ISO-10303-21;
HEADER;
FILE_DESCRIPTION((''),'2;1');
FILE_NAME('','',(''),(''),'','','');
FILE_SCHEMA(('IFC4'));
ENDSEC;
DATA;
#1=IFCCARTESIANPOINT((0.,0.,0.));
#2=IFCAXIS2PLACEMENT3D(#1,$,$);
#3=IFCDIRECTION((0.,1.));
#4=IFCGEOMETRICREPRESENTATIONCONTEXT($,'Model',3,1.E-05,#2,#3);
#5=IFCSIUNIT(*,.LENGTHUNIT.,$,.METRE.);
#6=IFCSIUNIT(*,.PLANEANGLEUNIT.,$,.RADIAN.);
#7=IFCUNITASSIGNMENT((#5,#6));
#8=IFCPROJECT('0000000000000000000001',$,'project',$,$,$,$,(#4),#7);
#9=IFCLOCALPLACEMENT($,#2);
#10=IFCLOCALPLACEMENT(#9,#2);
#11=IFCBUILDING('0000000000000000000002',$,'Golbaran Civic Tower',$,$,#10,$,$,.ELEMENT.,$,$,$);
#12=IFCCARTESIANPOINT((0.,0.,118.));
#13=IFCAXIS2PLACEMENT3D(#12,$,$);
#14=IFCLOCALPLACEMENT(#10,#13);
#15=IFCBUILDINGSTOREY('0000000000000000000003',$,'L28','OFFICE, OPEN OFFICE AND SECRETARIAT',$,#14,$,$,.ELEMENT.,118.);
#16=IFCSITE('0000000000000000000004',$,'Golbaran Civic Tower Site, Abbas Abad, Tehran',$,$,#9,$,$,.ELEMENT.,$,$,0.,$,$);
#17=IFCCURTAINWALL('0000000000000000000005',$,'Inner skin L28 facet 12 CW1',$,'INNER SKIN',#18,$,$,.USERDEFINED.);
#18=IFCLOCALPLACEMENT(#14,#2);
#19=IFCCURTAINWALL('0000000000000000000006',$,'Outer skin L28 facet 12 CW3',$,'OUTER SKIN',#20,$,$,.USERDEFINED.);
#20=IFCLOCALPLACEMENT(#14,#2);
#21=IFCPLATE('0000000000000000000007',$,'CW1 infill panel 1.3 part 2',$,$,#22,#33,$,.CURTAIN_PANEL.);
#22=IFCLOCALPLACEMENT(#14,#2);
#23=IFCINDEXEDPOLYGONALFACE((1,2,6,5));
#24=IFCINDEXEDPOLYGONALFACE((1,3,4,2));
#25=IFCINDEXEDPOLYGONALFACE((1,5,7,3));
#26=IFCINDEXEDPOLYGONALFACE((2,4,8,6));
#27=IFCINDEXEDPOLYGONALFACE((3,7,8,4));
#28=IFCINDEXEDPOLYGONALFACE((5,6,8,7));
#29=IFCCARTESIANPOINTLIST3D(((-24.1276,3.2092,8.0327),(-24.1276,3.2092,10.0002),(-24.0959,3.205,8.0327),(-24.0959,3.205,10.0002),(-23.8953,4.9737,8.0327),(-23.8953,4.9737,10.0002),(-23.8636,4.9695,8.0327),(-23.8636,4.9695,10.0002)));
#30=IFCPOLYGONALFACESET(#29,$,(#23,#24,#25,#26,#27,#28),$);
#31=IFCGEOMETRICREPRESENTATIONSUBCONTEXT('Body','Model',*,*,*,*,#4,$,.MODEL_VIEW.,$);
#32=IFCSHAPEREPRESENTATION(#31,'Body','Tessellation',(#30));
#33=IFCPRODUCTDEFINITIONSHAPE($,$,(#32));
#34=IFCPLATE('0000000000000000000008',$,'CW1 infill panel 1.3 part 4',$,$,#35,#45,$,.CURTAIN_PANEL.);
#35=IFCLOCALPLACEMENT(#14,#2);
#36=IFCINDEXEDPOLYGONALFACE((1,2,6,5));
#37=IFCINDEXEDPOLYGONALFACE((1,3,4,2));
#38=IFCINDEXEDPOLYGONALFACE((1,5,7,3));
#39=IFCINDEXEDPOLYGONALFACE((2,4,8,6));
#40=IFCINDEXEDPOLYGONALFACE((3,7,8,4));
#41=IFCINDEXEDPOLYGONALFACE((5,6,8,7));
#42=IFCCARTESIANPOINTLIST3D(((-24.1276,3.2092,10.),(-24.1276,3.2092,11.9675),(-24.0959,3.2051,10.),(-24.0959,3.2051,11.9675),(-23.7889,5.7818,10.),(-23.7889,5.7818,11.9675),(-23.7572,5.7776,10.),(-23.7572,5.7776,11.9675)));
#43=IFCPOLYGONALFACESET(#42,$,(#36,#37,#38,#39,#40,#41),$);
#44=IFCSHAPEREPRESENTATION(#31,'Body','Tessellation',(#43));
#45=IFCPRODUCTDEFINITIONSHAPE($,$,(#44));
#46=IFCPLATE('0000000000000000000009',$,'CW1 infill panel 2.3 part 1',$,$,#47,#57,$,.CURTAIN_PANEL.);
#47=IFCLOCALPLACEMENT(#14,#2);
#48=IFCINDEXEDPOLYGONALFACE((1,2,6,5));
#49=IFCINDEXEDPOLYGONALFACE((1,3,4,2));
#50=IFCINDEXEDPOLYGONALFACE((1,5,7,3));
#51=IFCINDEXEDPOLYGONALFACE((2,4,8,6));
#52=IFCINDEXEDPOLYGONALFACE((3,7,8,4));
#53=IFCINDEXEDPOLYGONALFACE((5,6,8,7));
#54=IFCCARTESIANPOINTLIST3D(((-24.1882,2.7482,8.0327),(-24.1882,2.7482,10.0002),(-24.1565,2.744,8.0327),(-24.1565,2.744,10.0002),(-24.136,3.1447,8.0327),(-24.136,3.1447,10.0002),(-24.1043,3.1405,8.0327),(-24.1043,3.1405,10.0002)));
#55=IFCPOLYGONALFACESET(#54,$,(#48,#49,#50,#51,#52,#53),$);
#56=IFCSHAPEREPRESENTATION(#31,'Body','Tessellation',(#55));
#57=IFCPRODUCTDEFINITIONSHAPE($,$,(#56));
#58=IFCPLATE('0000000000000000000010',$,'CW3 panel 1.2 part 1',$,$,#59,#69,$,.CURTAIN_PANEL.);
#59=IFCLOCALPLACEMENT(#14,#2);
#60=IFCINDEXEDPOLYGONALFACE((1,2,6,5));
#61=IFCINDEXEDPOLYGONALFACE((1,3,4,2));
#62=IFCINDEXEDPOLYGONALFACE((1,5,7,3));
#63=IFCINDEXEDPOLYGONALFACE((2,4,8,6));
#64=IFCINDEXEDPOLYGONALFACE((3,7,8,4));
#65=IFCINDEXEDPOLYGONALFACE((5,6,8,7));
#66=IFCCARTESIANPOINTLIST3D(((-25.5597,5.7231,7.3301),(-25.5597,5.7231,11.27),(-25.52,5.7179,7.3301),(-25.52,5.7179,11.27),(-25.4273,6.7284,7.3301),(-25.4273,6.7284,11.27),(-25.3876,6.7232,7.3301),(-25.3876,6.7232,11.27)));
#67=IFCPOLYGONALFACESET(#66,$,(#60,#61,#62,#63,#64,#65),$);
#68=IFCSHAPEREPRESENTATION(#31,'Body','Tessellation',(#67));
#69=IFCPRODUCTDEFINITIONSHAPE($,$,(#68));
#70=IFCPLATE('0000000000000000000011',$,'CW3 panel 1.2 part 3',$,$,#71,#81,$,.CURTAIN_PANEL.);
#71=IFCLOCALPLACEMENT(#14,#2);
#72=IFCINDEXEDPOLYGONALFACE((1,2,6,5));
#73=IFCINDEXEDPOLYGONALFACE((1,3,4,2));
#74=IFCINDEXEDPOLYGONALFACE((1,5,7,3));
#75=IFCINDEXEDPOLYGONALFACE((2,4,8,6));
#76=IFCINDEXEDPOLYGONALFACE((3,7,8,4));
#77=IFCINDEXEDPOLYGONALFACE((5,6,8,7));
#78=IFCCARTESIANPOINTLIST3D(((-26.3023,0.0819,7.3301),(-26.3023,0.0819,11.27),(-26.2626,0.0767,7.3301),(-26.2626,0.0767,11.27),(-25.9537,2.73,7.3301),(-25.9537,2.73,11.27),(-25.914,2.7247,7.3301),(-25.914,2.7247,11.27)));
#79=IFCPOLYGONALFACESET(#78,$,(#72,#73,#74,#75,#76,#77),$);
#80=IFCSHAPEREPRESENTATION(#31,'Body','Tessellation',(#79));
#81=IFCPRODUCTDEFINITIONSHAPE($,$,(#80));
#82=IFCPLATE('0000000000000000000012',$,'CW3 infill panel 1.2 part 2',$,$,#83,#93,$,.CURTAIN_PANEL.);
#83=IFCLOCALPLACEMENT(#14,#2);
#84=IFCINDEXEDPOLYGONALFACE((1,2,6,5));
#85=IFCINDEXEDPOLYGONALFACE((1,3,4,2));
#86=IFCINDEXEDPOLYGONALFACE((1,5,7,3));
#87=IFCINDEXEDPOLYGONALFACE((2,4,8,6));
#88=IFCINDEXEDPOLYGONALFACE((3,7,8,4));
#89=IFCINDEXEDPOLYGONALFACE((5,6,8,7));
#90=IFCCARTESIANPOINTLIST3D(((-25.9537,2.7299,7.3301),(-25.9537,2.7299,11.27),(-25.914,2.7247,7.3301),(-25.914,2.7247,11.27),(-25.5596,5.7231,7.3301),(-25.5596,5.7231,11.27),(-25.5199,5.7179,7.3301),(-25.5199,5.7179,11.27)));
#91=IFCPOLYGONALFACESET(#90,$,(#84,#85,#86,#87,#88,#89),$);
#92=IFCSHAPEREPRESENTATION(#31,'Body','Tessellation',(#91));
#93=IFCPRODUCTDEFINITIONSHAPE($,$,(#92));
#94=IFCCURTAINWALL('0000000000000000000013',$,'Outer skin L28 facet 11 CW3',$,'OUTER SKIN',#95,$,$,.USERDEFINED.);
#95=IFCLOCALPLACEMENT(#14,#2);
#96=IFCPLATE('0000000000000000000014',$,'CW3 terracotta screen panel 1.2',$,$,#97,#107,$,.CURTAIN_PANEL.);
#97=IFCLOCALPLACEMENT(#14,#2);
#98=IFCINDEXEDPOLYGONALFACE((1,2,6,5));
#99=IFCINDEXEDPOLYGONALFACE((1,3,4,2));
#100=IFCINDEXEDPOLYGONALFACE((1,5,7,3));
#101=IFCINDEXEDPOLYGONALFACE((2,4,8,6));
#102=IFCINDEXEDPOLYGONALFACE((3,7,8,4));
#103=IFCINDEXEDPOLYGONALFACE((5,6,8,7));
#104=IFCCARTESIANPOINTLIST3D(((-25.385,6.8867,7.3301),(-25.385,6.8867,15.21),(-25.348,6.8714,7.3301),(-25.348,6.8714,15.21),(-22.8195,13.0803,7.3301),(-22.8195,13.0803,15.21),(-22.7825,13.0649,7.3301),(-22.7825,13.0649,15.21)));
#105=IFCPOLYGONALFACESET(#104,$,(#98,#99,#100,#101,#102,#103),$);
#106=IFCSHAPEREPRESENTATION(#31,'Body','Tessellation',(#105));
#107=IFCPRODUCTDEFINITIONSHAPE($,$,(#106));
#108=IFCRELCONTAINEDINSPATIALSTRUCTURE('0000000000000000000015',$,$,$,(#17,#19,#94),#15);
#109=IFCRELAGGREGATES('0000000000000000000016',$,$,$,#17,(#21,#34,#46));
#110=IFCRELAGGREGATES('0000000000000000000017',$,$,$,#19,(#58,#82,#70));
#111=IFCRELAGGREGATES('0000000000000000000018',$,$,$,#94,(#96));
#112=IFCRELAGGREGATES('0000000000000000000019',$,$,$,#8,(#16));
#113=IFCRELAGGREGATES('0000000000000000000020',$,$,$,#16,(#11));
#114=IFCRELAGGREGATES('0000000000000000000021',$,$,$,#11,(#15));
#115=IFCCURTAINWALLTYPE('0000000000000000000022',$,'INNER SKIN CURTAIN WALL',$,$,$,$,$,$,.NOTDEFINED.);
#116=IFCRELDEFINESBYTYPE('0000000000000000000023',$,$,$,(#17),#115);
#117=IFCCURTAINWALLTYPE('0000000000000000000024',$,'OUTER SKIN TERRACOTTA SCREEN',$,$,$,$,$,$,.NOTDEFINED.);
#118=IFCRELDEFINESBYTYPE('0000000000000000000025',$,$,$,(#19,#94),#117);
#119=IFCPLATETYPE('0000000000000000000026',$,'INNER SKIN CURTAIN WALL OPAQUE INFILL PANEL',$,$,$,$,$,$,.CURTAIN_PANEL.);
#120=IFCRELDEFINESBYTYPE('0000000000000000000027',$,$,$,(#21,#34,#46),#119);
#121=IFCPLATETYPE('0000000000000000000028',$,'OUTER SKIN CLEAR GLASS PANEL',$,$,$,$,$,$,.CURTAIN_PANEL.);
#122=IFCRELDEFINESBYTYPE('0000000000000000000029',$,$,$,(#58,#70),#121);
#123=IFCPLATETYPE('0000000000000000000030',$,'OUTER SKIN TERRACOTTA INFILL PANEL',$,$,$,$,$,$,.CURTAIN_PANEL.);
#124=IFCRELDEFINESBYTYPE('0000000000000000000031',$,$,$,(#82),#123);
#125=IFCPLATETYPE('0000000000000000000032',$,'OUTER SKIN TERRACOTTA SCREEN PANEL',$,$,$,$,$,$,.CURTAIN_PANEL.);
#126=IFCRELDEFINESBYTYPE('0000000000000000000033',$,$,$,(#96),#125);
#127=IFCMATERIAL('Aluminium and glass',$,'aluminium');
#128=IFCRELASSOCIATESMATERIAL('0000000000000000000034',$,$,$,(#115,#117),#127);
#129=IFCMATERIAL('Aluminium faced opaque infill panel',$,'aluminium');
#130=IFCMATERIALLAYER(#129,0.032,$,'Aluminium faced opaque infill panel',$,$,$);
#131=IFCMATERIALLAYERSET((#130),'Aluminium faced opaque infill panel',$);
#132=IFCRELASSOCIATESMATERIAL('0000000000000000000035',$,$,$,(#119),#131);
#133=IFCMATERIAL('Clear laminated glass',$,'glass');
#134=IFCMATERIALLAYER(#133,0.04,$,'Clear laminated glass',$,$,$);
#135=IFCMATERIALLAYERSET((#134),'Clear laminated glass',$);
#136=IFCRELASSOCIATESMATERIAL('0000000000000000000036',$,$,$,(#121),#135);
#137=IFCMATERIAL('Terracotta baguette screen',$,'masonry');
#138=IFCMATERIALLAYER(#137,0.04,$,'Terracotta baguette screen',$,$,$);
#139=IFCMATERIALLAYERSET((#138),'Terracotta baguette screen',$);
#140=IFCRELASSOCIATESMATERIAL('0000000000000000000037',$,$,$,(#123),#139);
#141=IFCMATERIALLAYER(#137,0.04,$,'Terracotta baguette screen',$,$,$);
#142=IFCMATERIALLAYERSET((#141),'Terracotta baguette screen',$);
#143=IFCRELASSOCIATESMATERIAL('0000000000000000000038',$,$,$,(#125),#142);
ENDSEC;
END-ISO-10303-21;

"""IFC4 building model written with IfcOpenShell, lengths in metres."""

from ifc_helpers import new_model, si_unit, direction, frame, origin, origin_2d, place, context, subcontext, project, spatial, rectangle, extrude, material, layer, layer_set, type_object, element, aggregate, save


model = new_model("IFC4")

# Units and contexts
model_context = context("Model", 3, precision=1e-05, world=origin(), true_north=direction((0.0, 1.0)))
body_context = subcontext(model_context, "Body", "Model", "MODEL_VIEW")
ifc_project = project(units=[si_unit("LENGTHUNIT", "METRE"), si_unit("PLANEANGLEUNIT", "RADIAN")], contexts=[model_context])

# Site, building, storey
site_placement = place(None, origin())
site = spatial("IfcSite", under=ifc_project, at=site_placement, Name="Golbaran Civic Tower Site, Abbas Abad, Tehran", CompositionType="ELEMENT", RefElevation=0.0)
building_placement = place(site_placement, origin())
building = spatial("IfcBuilding", under=site, at=building_placement, Name="Golbaran Civic Tower", CompositionType="ELEMENT")
storey_placement = place(building_placement, frame((0.0, 0.0, 118.0)))
storey = spatial("IfcBuildingStorey", under=building, at=storey_placement, Name="L28", Description="OFFICE, OPEN OFFICE AND SECRETARIAT", CompositionType="ELEMENT", Elevation=118.0)

# Shared definitions
ifc_material_1 = material(Name="Aluminium and glass", Category="aluminium")
curtain_wall_type_1 = type_object("IfcCurtainWallType", Name="INNER SKIN CURTAIN WALL", PredefinedType="NOTDEFINED", material=ifc_material_1)

# Curtain wall
curtain_wall_1_placement = place(storey_placement, origin())
curtain_wall_1 = element("IfcCurtainWall", 1, at=curtain_wall_1_placement, inside=storey, type_object=curtain_wall_type_1, Name="Inner skin L28 facet 12 CW1", ObjectType="INNER SKIN", PredefinedType="USERDEFINED")

# Curtain wall
curtain_wall_type_2 = type_object("IfcCurtainWallType", Name="OUTER SKIN TERRACOTTA SCREEN", PredefinedType="NOTDEFINED", material=ifc_material_1)
curtain_wall_2_placement = place(storey_placement, origin())
curtain_wall_2 = element("IfcCurtainWall", 2, at=curtain_wall_2_placement, inside=storey, type_object=curtain_wall_type_2, Name="Outer skin L28 facet 12 CW3", ObjectType="OUTER SKIN", PredefinedType="USERDEFINED")

# Plates
ifc_material_2 = material(Name="Aluminium faced opaque infill panel", Category="aluminium")
ifc_layer_1 = layer(ifc_material_2, 0.032, Name="Aluminium faced opaque infill panel")
ifc_layer_set_1 = layer_set([ifc_layer_1], Name="Aluminium faced opaque infill panel")
plate_type_1 = type_object("IfcPlateType", Name="INNER SKIN CURTAIN WALL OPAQUE INFILL PANEL", PredefinedType="CURTAIN_PANEL", material=ifc_layer_set_1)
plate_1_placement = place(storey_placement, frame((-23.9956, 4.0894, 8.0327), z_axis=(0.0, 0.0, 1.0), x_axis=(-0.130526, -0.991445, 0.0)))
plate_1 = element("IfcPlate", 3, at=plate_1_placement, type_object=plate_type_1, Name="CW1 infill panel 1.3 part 2", PredefinedType="CURTAIN_PANEL", context=body_context, shape_type="SweptSolid", body=[
    extrude(rectangle(XDim=1.7798, YDim=0.032, at=origin_2d()), origin(), (0.0, 0.0, 1.0), 1.9675),
])
plate_2_placement = place(storey_placement, frame((-23.9424, 4.4934, 10.0), z_axis=(0.0, 0.0, 1.0), x_axis=(-0.130526, -0.991445, 0.0)))
plate_2 = element("IfcPlate", 4, at=plate_2_placement, type_object=plate_type_1, Name="CW1 infill panel 1.3 part 4", PredefinedType="CURTAIN_PANEL", context=body_context, shape_type="SweptSolid", body=[
    extrude(rectangle(XDim=2.5947, YDim=0.032, at=origin_2d()), origin(), (0.0, 0.0, 1.0), 1.9675),
])
plate_3_placement = place(storey_placement, frame((-24.1462, 2.9443, 8.0327), z_axis=(0.0, 0.0, 1.0), x_axis=(-0.130526, -0.991445, 0.0)))
plate_3 = element("IfcPlate", 5, at=plate_3_placement, type_object=plate_type_1, Name="CW1 infill panel 2.3 part 1", PredefinedType="CURTAIN_PANEL", context=body_context, shape_type="SweptSolid", body=[
    extrude(rectangle(XDim=0.3999, YDim=0.032, at=origin_2d()), origin(), (0.0, 0.0, 1.0), 1.9675),
])
aggregate(curtain_wall_1, [plate_1, plate_2, plate_3])
ifc_material_3 = material(Name="Clear laminated glass", Category="glass")
ifc_layer_2 = layer(ifc_material_3, 0.04, Name="Clear laminated glass")
ifc_layer_set_2 = layer_set([ifc_layer_2], Name="Clear laminated glass")
plate_type_2 = type_object("IfcPlateType", Name="OUTER SKIN CLEAR GLASS PANEL", PredefinedType="CURTAIN_PANEL", material=ifc_layer_set_2)
plate_4_placement = place(storey_placement, frame((-25.4736, 6.2231, 7.3301), z_axis=(0.0, 0.0, 1.0), x_axis=(-0.130526, -0.991445, 0.0)))
plate_4 = element("IfcPlate", 6, at=plate_4_placement, type_object=plate_type_2, Name="CW3 panel 1.2 part 1", PredefinedType="CURTAIN_PANEL", context=body_context, shape_type="SweptSolid", body=[
    extrude(rectangle(XDim=1.0139, YDim=0.04, at=origin_2d()), origin(), (0.0, 0.0, 1.0), 3.9399),
])
plate_5_placement = place(storey_placement, frame((-26.1082, 1.4033, 7.3301), z_axis=(0.0, 0.0, 1.0), x_axis=(-0.130526, -0.991445, 0.0)))
plate_5 = element("IfcPlate", 7, at=plate_5_placement, type_object=plate_type_2, Name="CW3 panel 1.2 part 3", PredefinedType="CURTAIN_PANEL", context=body_context, shape_type="SweptSolid", body=[
    extrude(rectangle(XDim=2.6709, YDim=0.04, at=origin_2d()), origin(), (0.0, 0.0, 1.0), 3.9399),
])
ifc_material_4 = material(Name="Terracotta baguette screen", Category="masonry")
ifc_layer_3 = layer(ifc_material_4, 0.04, Name="Terracotta baguette screen")
ifc_layer_set_3 = layer_set([ifc_layer_3], Name="Terracotta baguette screen")
plate_type_3 = type_object("IfcPlateType", Name="OUTER SKIN TERRACOTTA INFILL PANEL", PredefinedType="CURTAIN_PANEL", material=ifc_layer_set_3)
plate_6_placement = place(storey_placement, frame((-25.7368, 4.2239, 7.3301), z_axis=(0.0, 0.0, 1.0), x_axis=(-0.130526, -0.991445, 0.0)))
plate_6 = element("IfcPlate", 8, at=plate_6_placement, type_object=plate_type_3, Name="CW3 infill panel 1.2 part 2", PredefinedType="CURTAIN_PANEL", context=body_context, shape_type="SweptSolid", body=[
    extrude(rectangle(XDim=3.019, YDim=0.04, at=origin_2d()), origin(), (0.0, 0.0, 1.0), 3.9399),
])
aggregate(curtain_wall_2, [plate_4, plate_6, plate_5])

# Curtain wall, plate
curtain_wall_3_placement = place(storey_placement, origin())
curtain_wall_3 = element("IfcCurtainWall", 9, at=curtain_wall_3_placement, inside=storey, type_object=curtain_wall_type_2, Name="Outer skin L28 facet 11 CW3", ObjectType="OUTER SKIN", PredefinedType="USERDEFINED")
ifc_layer_4 = layer(ifc_material_4, 0.04, Name="Terracotta baguette screen")
ifc_layer_set_4 = layer_set([ifc_layer_4], Name="Terracotta baguette screen")
plate_type_4 = type_object("IfcPlateType", Name="OUTER SKIN TERRACOTTA SCREEN PANEL", PredefinedType="CURTAIN_PANEL", material=ifc_layer_set_4)
plate_7_placement = place(storey_placement, frame((-24.0837, 9.9758, 7.3301), z_axis=(0.0, 0.0, 1.0), x_axis=(-0.382683, -0.92388, 0.0)))
plate_7 = element("IfcPlate", 10, at=plate_7_placement, type_object=plate_type_4, Name="CW3 terracotta screen panel 1.2", PredefinedType="CURTAIN_PANEL", context=body_context, shape_type="SweptSolid", body=[
    extrude(rectangle(XDim=6.7039, YDim=0.04, at=origin_2d()), origin(), (0.0, 0.0, 1.0), 7.8799),
])
aggregate(curtain_wall_3, [plate_7])

save(model, "model.ifc")
